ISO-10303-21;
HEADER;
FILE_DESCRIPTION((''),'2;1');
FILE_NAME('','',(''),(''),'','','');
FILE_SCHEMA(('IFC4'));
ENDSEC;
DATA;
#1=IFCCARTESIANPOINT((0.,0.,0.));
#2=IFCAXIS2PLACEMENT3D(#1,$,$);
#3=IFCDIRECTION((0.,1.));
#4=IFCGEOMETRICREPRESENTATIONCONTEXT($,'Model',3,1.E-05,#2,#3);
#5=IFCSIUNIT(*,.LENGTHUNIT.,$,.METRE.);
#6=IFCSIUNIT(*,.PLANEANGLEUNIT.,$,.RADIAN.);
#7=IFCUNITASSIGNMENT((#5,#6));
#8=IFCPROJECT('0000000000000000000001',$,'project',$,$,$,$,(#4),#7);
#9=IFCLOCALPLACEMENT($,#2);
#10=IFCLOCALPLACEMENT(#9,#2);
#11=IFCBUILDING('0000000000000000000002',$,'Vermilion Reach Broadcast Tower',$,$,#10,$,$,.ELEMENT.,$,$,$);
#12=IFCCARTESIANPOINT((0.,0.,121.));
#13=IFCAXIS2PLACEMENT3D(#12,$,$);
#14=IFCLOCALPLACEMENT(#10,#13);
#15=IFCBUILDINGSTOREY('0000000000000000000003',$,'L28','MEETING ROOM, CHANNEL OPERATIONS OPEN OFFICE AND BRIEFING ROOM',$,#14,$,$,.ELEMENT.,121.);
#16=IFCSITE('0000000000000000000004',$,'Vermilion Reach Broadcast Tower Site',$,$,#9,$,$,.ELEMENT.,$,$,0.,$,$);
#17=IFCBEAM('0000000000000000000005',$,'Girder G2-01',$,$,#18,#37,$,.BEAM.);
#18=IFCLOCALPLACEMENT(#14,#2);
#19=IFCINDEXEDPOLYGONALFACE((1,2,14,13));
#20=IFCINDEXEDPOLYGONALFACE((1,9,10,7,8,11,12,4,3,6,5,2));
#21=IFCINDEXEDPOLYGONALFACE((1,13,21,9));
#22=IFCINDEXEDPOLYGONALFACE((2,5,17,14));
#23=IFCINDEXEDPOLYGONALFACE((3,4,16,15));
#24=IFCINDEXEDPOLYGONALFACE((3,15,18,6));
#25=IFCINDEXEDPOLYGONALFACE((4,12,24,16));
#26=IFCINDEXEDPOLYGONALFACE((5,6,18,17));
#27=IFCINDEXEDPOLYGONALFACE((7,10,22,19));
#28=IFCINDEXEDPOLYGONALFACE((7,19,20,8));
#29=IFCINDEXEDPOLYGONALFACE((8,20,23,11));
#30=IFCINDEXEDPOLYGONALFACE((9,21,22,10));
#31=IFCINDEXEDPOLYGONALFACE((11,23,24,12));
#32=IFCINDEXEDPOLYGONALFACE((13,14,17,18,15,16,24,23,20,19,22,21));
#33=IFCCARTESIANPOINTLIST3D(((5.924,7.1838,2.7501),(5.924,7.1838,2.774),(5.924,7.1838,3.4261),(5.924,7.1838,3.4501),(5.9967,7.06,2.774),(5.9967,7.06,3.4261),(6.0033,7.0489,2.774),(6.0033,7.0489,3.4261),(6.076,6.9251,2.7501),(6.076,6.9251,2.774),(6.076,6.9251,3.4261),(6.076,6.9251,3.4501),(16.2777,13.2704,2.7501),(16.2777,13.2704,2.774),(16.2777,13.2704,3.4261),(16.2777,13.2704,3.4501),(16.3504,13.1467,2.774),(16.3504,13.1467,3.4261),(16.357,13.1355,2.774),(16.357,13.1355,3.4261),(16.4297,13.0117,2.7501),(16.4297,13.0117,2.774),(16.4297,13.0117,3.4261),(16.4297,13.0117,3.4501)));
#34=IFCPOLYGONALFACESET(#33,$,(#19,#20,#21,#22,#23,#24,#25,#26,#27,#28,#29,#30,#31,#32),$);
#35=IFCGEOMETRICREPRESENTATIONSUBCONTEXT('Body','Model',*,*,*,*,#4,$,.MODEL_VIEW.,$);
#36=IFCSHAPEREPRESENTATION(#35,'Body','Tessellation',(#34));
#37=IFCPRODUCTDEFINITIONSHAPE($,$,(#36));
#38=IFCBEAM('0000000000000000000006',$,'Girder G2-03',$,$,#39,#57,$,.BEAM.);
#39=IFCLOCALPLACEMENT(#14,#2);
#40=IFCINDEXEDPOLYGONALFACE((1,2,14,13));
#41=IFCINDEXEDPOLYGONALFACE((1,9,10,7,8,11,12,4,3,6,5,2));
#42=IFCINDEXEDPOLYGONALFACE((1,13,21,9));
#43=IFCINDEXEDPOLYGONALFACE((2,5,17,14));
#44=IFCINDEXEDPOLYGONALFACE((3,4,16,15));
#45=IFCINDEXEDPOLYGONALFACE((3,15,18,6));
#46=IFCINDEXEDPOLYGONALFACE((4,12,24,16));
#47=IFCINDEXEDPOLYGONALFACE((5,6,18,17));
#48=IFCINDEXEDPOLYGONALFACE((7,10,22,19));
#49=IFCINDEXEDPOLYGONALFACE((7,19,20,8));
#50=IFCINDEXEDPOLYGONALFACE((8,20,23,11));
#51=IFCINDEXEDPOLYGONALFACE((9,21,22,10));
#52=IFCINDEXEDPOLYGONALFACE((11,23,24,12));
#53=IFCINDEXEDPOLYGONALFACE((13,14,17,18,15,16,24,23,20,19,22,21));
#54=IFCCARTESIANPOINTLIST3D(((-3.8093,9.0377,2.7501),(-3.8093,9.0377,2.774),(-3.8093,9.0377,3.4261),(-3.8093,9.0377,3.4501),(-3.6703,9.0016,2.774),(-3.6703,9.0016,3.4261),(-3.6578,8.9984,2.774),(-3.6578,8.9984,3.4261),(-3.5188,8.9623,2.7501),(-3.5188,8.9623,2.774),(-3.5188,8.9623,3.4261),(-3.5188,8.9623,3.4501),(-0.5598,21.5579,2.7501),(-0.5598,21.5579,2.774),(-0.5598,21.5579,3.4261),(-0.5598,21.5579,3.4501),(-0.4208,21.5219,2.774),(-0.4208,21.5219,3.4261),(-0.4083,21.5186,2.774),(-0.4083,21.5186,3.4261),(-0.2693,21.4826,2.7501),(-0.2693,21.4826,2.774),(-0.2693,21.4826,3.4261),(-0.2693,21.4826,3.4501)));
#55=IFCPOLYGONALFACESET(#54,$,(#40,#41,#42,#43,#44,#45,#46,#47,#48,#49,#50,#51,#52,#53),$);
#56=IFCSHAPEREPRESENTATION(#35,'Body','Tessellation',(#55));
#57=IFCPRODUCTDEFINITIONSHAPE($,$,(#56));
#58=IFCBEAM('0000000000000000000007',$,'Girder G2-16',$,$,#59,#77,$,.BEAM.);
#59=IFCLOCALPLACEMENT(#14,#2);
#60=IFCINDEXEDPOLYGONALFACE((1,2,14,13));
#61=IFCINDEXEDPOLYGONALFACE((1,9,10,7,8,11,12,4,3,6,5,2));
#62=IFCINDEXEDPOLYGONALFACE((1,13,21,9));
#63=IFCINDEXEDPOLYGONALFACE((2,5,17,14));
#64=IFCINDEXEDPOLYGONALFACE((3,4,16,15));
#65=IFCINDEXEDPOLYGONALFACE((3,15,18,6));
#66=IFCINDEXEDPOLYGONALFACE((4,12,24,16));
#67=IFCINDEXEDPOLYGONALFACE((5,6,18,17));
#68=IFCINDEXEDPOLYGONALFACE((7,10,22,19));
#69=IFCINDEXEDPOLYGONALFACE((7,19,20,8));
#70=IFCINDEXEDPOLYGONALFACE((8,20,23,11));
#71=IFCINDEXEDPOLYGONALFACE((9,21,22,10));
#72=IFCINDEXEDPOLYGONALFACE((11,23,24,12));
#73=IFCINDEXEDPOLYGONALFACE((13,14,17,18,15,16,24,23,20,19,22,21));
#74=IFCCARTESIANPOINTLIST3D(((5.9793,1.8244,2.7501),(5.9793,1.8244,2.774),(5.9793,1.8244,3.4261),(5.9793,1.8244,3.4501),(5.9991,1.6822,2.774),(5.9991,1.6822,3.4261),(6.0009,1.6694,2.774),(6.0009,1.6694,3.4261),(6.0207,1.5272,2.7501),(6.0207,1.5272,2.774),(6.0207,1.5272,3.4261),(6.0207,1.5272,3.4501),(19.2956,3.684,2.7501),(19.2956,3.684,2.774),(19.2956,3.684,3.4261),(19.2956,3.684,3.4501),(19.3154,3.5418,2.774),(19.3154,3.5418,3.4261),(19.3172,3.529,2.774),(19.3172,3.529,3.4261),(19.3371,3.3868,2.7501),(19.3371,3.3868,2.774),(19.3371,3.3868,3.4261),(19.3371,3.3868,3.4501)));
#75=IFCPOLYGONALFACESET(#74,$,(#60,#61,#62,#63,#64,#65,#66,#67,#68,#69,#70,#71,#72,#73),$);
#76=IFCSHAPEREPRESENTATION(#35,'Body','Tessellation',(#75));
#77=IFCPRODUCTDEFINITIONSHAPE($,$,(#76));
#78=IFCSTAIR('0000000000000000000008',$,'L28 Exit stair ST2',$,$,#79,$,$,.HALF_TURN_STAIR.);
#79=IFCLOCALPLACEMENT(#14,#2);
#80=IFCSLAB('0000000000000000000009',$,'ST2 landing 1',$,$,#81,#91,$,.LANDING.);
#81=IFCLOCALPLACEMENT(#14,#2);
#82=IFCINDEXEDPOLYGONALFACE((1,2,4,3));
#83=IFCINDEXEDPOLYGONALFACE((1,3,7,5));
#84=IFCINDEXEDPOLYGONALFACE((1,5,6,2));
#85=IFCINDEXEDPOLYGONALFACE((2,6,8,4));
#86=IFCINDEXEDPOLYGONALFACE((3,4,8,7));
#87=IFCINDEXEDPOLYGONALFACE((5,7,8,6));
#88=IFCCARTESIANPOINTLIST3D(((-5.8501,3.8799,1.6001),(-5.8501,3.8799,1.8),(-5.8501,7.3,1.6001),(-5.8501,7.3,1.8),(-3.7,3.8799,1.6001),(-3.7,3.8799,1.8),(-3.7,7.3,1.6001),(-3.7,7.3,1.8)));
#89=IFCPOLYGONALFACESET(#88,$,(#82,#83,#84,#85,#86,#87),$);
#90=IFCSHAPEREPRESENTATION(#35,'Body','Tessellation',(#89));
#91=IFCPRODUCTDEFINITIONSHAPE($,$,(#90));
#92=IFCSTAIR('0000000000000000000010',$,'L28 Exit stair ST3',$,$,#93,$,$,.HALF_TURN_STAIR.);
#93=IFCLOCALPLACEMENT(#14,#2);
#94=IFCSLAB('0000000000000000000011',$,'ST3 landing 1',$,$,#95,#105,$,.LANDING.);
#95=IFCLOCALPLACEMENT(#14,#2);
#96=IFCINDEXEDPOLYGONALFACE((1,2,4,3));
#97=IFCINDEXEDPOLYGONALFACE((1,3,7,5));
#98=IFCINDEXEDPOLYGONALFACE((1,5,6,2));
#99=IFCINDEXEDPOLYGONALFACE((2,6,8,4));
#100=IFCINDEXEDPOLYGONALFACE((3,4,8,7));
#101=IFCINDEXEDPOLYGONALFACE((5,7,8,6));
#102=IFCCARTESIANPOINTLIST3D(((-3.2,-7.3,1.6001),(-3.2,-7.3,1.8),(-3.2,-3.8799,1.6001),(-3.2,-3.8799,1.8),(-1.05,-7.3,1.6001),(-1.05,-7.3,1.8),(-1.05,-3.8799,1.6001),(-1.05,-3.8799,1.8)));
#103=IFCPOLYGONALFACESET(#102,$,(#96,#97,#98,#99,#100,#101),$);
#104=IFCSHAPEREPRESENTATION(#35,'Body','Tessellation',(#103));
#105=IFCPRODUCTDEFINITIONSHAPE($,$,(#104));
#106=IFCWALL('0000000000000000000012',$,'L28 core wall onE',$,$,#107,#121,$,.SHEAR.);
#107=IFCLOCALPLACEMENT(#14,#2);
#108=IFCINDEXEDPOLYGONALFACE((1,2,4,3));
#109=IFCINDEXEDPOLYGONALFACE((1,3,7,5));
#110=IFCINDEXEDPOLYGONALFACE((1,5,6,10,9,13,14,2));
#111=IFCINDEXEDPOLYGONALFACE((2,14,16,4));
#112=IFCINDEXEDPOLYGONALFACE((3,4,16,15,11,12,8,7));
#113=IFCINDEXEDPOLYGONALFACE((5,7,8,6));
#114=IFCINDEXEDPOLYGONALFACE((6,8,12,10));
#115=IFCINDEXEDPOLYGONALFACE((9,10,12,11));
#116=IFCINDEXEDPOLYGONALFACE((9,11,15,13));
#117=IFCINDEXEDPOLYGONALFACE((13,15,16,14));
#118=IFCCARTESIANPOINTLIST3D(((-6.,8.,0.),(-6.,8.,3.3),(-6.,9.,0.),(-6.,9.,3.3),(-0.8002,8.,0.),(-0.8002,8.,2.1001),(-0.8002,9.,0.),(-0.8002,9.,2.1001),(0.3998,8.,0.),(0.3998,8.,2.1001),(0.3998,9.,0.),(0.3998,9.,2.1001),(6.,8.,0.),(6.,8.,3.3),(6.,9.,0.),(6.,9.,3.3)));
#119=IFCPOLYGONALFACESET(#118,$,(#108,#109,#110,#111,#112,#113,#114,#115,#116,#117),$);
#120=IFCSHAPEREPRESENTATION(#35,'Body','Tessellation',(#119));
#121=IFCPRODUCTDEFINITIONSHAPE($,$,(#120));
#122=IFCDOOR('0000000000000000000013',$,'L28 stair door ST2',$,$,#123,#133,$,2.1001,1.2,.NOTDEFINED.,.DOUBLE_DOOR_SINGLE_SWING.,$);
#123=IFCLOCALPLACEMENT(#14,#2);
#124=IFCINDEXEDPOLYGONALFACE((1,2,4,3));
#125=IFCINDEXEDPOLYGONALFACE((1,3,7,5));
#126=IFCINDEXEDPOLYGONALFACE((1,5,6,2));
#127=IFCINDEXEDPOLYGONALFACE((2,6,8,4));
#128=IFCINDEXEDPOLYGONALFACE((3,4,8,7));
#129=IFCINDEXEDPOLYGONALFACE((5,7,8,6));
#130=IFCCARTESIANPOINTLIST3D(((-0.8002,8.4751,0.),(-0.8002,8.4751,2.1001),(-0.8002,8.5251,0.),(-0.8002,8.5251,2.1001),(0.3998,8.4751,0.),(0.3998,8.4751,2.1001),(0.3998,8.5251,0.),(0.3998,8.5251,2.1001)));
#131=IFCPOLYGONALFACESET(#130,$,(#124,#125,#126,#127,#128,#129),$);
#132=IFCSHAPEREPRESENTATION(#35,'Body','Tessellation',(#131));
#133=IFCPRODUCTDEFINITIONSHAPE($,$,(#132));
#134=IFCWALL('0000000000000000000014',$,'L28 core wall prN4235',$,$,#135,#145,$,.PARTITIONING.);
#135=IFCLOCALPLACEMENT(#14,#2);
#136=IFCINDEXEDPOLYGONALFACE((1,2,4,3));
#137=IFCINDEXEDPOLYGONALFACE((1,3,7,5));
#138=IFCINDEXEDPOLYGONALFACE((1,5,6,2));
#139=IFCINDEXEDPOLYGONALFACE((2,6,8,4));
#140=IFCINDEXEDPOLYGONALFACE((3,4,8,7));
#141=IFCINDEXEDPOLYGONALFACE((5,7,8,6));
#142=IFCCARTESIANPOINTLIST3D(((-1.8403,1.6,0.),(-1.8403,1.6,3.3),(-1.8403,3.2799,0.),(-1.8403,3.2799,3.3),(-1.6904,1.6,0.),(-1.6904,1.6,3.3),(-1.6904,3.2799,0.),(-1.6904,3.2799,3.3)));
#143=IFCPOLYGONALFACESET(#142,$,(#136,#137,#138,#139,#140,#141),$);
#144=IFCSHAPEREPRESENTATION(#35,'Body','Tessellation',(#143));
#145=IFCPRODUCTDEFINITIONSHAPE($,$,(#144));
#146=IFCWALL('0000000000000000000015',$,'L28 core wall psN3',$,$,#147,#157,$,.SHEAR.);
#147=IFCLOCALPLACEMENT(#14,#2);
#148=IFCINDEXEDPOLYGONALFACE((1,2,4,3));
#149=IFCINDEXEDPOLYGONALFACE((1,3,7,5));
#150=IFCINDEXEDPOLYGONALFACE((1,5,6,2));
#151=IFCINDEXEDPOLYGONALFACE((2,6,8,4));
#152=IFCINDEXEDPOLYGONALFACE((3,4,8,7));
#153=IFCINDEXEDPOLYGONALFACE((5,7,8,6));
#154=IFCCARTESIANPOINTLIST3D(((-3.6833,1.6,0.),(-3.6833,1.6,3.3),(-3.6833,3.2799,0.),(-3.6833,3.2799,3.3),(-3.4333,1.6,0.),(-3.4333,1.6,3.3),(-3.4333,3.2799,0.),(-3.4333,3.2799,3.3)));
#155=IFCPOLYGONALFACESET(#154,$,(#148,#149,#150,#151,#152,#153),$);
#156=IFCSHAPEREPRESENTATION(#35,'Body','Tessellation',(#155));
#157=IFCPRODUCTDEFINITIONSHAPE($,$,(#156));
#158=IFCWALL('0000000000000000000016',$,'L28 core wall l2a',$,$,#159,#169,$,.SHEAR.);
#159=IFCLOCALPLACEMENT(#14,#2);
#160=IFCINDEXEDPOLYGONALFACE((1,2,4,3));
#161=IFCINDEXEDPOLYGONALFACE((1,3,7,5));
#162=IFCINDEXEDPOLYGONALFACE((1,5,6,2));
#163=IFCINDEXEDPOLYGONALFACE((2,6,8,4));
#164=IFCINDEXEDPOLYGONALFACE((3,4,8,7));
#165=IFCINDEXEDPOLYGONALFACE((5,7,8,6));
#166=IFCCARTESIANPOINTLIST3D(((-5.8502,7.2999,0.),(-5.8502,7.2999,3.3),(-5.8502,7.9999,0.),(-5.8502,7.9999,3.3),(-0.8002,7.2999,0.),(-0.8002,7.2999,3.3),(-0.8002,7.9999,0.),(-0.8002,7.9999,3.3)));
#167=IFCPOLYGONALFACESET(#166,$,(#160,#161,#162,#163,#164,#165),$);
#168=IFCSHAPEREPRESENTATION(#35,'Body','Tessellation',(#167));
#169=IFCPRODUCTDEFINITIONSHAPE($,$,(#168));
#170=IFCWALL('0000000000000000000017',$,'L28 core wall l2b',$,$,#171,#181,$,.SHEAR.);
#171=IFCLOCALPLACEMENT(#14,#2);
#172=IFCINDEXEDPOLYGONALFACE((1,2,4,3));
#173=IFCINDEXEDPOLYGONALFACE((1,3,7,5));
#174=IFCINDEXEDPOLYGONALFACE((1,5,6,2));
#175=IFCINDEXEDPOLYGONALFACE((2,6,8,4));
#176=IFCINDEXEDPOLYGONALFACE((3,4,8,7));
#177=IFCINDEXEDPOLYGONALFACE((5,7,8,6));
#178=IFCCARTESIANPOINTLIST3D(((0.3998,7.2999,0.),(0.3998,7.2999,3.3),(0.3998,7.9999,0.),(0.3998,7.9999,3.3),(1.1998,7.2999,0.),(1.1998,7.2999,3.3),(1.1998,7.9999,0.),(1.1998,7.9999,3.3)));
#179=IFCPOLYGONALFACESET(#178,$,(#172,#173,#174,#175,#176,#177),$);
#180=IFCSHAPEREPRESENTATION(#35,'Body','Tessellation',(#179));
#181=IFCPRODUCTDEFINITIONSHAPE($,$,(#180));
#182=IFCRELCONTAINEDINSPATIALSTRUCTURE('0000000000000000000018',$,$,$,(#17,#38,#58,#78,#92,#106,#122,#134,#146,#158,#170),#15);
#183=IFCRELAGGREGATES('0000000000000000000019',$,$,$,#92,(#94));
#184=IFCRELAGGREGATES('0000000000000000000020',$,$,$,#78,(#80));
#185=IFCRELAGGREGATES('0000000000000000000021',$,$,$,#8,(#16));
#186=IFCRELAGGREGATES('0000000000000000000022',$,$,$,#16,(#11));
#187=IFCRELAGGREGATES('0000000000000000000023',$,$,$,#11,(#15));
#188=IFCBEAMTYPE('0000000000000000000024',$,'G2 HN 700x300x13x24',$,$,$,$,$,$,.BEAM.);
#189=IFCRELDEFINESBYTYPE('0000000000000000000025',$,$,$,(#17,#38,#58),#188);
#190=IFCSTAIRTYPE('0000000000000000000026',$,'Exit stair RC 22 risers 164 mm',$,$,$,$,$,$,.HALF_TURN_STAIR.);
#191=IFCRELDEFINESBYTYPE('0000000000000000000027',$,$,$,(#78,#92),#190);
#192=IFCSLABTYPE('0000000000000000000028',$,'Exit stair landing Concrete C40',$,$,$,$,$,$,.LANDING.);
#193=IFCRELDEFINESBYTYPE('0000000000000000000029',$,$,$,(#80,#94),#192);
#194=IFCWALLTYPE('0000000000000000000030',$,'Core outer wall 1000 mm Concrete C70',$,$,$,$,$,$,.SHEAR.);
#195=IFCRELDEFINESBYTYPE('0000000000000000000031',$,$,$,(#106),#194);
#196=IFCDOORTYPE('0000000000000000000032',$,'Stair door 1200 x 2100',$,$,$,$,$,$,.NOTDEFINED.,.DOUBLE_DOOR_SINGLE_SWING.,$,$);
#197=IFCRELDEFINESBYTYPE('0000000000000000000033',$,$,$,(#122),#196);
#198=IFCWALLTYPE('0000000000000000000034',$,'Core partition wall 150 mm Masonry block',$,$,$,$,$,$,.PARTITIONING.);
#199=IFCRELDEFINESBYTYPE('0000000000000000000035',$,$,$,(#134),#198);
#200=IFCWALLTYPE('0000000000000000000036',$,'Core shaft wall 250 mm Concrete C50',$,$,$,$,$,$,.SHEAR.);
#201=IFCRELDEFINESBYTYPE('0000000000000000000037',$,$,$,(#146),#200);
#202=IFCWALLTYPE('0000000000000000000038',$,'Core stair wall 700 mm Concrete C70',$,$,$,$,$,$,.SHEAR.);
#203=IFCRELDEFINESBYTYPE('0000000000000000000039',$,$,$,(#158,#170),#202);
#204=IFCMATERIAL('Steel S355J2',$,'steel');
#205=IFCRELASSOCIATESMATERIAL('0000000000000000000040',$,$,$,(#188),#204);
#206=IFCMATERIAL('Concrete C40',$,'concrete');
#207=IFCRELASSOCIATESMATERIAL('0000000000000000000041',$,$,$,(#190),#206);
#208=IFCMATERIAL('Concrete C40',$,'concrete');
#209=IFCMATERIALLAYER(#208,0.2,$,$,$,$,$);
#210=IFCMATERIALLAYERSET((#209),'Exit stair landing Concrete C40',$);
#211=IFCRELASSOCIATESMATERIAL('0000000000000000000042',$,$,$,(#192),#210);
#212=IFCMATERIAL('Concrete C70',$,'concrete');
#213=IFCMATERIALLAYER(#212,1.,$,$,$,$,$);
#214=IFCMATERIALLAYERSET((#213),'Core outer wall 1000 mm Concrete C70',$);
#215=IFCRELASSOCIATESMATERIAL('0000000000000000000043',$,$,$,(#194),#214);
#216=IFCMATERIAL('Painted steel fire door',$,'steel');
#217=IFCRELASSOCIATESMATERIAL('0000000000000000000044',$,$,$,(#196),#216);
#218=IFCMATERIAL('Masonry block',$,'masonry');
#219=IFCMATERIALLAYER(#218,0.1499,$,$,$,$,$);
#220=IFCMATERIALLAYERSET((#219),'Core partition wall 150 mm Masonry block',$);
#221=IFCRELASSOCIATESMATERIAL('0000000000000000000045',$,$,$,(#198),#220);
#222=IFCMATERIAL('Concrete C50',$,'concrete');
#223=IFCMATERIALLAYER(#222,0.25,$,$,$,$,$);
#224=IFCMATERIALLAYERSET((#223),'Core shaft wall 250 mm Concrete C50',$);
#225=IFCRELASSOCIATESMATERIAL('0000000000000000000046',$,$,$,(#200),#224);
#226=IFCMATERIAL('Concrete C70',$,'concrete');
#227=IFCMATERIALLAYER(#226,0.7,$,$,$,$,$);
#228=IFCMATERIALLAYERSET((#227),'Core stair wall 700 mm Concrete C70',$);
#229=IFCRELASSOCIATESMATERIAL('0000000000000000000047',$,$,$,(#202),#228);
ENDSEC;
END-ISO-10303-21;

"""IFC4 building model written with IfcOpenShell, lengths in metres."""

from ifc_helpers import new_model, si_unit, direction, frame, frame_2d, origin, origin_2d, place, context, subcontext, project, spatial, polyline, rectangle, i_section, outline, extrude, material, layer, layer_set, material_profile, profile_set, type_object, element, fill, aggregate, save


model = new_model("IFC4")

# Units and contexts
model_context = context("Model", 3, precision=1e-05, world=origin(), true_north=direction((0.0, 1.0)))
body_context = subcontext(model_context, "Body", "Model", "MODEL_VIEW")
ifc_project = project(units=[si_unit("LENGTHUNIT", "METRE"), si_unit("PLANEANGLEUNIT", "RADIAN")], contexts=[model_context])

# Site, building, storey
site_placement = place(None, origin())
site = spatial("IfcSite", under=ifc_project, at=site_placement, Name="Vermilion Reach Broadcast Tower Site", CompositionType="ELEMENT", RefElevation=0.0)
building_placement = place(site_placement, origin())
building = spatial("IfcBuilding", under=site, at=building_placement, Name="Vermilion Reach Broadcast Tower", CompositionType="ELEMENT")
storey_placement = place(building_placement, frame((0.0, 0.0, 121.0)))
storey = spatial("IfcBuildingStorey", under=building, at=storey_placement, Name="L28", Description="MEETING ROOM, CHANNEL OPERATIONS OPEN OFFICE AND BRIEFING ROOM", CompositionType="ELEMENT", Elevation=121.0)

# Beams
ifc_material_1 = material(Name="Steel S355J2", Category="steel")
ifc_material_profile = material_profile(ifc_material_1, i_section(OverallWidth=0.3, OverallDepth=0.7, WebThickness=0.0129, FlangeThickness=0.0239, at=origin_2d()), Name="S355J2 HN 700x300x13x24")
ifc_profile_set = profile_set([ifc_material_profile], Name="Steel S355J2")
beam_type = type_object("IfcBeamType", Name="G2 HN 700x300x13x24", PredefinedType="BEAM", material=ifc_profile_set)
beam_1_placement = place(storey_placement, frame((6.0, 7.0544, 3.1001), z_axis=(0.862072, 0.506786, 0.0), x_axis=(-0.506786, 0.862072, 0.0)))
element("IfcBeam", 1, at=beam_1_placement, inside=storey, type_object=beam_type, Name="Girder G2-01", PredefinedType="BEAM", context=body_context, shape_type="SweptSolid", body=[
    extrude(i_section(OverallWidth=0.3, OverallDepth=0.7, WebThickness=0.0129, FlangeThickness=0.0239, at=origin_2d()), origin(), (0.0, 0.0, 1.0), 12.0103),
])
beam_2_placement = place(storey_placement, frame((-3.6641, 9.0, 3.1001), z_axis=(0.251217, 0.967931, 0.0), x_axis=(-0.967931, 0.251217, 0.0)))
element("IfcBeam", 2, at=beam_2_placement, inside=storey, type_object=beam_type, Name="Girder G2-03", PredefinedType="BEAM", context=body_context, shape_type="SweptSolid", body=[
    extrude(i_section(OverallWidth=0.3, OverallDepth=0.7, WebThickness=0.0129, FlangeThickness=0.0239, at=origin_2d()), origin(), (0.0, 0.0, 1.0), 12.9351),
])
beam_3_placement = place(storey_placement, frame((6.0, 1.6758, 3.1001), z_axis=(0.990389, 0.138307, 0.0), x_axis=(-0.138307, 0.990389, 0.0)))
element("IfcBeam", 3, at=beam_3_placement, inside=storey, type_object=beam_type, Name="Girder G2-16", PredefinedType="BEAM", context=body_context, shape_type="SweptSolid", body=[
    extrude(i_section(OverallWidth=0.3, OverallDepth=0.7, WebThickness=0.0129, FlangeThickness=0.0239, at=origin_2d()), origin(), (0.0, 0.0, 1.0), 13.4456),
])

# Stairs, slabs
ifc_material_2 = material(Name="Concrete C40", Category="concrete")
stair_type = type_object("IfcStairType", Name="Exit stair RC 22 risers 164 mm", PredefinedType="HALF_TURN_STAIR", material=ifc_material_2)
placement_1 = place(storey_placement, origin())
stair_1 = element("IfcStair", 4, at=placement_1, inside=storey, type_object=stair_type, Name="L28 Exit stair ST2", PredefinedType="HALF_TURN_STAIR")
ifc_material_3 = material(Name="Concrete C40", Category="concrete")
ifc_layer_1 = layer(ifc_material_3, 0.2)
ifc_layer_set_1 = layer_set([ifc_layer_1], Name="Exit stair landing Concrete C40")
slab_type = type_object("IfcSlabType", Name="Exit stair landing Concrete C40", PredefinedType="LANDING", material=ifc_layer_set_1)
placement_2 = place(storey_placement, frame((0.0, 0.0, 1.6001)))
slab_1 = element("IfcSlab", 5, at=placement_2, type_object=slab_type, Name="ST2 landing 1", PredefinedType="LANDING", context=body_context, shape_type="SweptSolid", body=[
    extrude(outline(polyline([(-3.7, 7.3), (-5.8501, 7.3), (-5.8501, 3.8799), (-3.7, 3.8799), (-3.7, 7.3)])), origin(), (0.0, 0.0, 1.0), 0.2),
])
stair_2 = element("IfcStair", 6, at=placement_1, inside=storey, type_object=stair_type, Name="L28 Exit stair ST3", PredefinedType="HALF_TURN_STAIR")
slab_2 = element("IfcSlab", 7, at=placement_2, type_object=slab_type, Name="ST3 landing 1", PredefinedType="LANDING", context=body_context, shape_type="SweptSolid", body=[
    extrude(outline(polyline([(-3.2, -7.3), (-1.05, -7.3), (-1.05, -3.8799), (-3.2, -3.8799), (-3.2, -7.3)])), origin(), (0.0, 0.0, 1.0), 0.2),
])
aggregate(stair_2, [slab_2])

# Wall, opening, door
ifc_material_4 = material(Name="Concrete C70", Category="concrete")
ifc_layer_2 = layer(ifc_material_4, 1.0)
ifc_layer_set_2 = layer_set([ifc_layer_2], Name="Core outer wall 1000 mm Concrete C70")
wall_type_1 = type_object("IfcWallType", Name="Core outer wall 1000 mm Concrete C70", PredefinedType="SHEAR", material=ifc_layer_set_2)
wall_1_placement = place(storey_placement, frame((6.0, 8.5, 0.0), z_axis=(0.0, 0.0, 1.0), x_axis=(-1.0, 0.0, 0.0)))
wall_1 = element("IfcWall", 8, at=wall_1_placement, inside=storey, type_object=wall_type_1, Name="L28 core wall onE", PredefinedType="SHEAR", context=body_context, shape_type="SweptSolid", body=[
    extrude(rectangle(XDim=12.0, YDim=1.0, at=frame_2d((6.0, 0.0))), origin(), (0.0, 0.0, 1.0), 3.3),
])
opening_placement = place(wall_1_placement, frame((5.6001, 0.0, 0.0)))
opening = element("IfcOpeningElement", 9, at=opening_placement, cuts=wall_1, PredefinedType="OPENING", context=body_context, shape_type="SweptSolid", body=[
    extrude(rectangle(XDim=1.2, YDim=2.1001, at=frame_2d((0.6001, 1.05))), frame((0.0, 0.51, 0.0), z_axis=(0.0, -1.0, 0.0), x_axis=(1.0, 0.0, 0.0)), (0.0, 0.0, 1.0), 1.02),
])
ifc_material_5 = material(Name="Painted steel fire door", Category="steel")
door_type = type_object("IfcDoorType", Name="Stair door 1200 x 2100", OperationType="DOUBLE_DOOR_SINGLE_SWING", PredefinedType="NOTDEFINED", material=ifc_material_5)
door_placement = place(opening_placement, origin())
door = element("IfcDoor", 10, at=door_placement, inside=storey, type_object=door_type, Name="L28 stair door ST2", OperationType="DOUBLE_DOOR_SINGLE_SWING", OverallHeight=2.1001, OverallWidth=1.2, PredefinedType="NOTDEFINED", context=body_context, shape_type="SweptSolid", body=[
    extrude(rectangle(XDim=1.2, YDim=2.1001, at=frame_2d((0.6001, 1.05))), frame((0.0, 0.0249, 0.0), z_axis=(0.0, -1.0, 0.0), x_axis=(1.0, 0.0, 0.0)), (0.0, 0.0, 1.0), 0.05),
])
fill(opening, door)

# Walls
ifc_material_6 = material(Name="Masonry block", Category="masonry")
ifc_layer_3 = layer(ifc_material_6, 0.1499)
ifc_layer_set_3 = layer_set([ifc_layer_3], Name="Core partition wall 150 mm Masonry block")
wall_type_2 = type_object("IfcWallType", Name="Core partition wall 150 mm Masonry block", PredefinedType="PARTITIONING", material=ifc_layer_set_3)
wall_2_placement = place(storey_placement, frame((-1.7654, 1.6001, 0.0), z_axis=(0.0, 0.0, 1.0), x_axis=(0.0, 1.0, 0.0)))
element("IfcWall", 11, at=wall_2_placement, inside=storey, type_object=wall_type_2, Name="L28 core wall prN4235", PredefinedType="PARTITIONING", context=body_context, shape_type="SweptSolid", body=[
    extrude(rectangle(XDim=1.6799, YDim=0.1499, at=frame_2d((0.8398, 0.0))), origin(), (0.0, 0.0, 1.0), 3.3),
])
ifc_material_7 = material(Name="Concrete C50", Category="concrete")
ifc_layer_4 = layer(ifc_material_7, 0.25)
ifc_layer_set_4 = layer_set([ifc_layer_4], Name="Core shaft wall 250 mm Concrete C50")
wall_type_3 = type_object("IfcWallType", Name="Core shaft wall 250 mm Concrete C50", PredefinedType="SHEAR", material=ifc_layer_set_4)
wall_3_placement = place(storey_placement, frame((-3.5583, 1.6001, 0.0), z_axis=(0.0, 0.0, 1.0), x_axis=(0.0, 1.0, 0.0)))
element("IfcWall", 12, at=wall_3_placement, inside=storey, type_object=wall_type_3, Name="L28 core wall psN3", PredefinedType="SHEAR", context=body_context, shape_type="SweptSolid", body=[
    extrude(rectangle(XDim=1.6799, YDim=0.25, at=frame_2d((0.8398, 0.0))), origin(), (0.0, 0.0, 1.0), 3.3),
])
ifc_material_8 = material(Name="Concrete C70", Category="concrete")
ifc_layer_5 = layer(ifc_material_8, 0.7)
ifc_layer_set_5 = layer_set([ifc_layer_5], Name="Core stair wall 700 mm Concrete C70")
wall_type_4 = type_object("IfcWallType", Name="Core stair wall 700 mm Concrete C70", PredefinedType="SHEAR", material=ifc_layer_set_5)
wall_4_placement = place(storey_placement, frame((-5.8501, 7.6499, 0.0), z_axis=(0.0, 0.0, 1.0), x_axis=(1.0, 0.0, 0.0)))
element("IfcWall", 13, at=wall_4_placement, inside=storey, type_object=wall_type_4, Name="L28 core wall l2a", PredefinedType="SHEAR", context=body_context, shape_type="SweptSolid", body=[
    extrude(rectangle(XDim=5.05, YDim=0.7, at=frame_2d((2.5249, 0.0))), origin(), (0.0, 0.0, 1.0), 3.3),
])
wall_5_placement = place(storey_placement, frame((0.3999, 7.6499, 0.0), z_axis=(0.0, 0.0, 1.0), x_axis=(1.0, 0.0, 0.0)))
element("IfcWall", 14, at=wall_5_placement, inside=storey, type_object=wall_type_4, Name="L28 core wall l2b", PredefinedType="SHEAR", context=body_context, shape_type="SweptSolid", body=[
    extrude(rectangle(XDim=0.8, YDim=0.7, at=frame_2d((0.3999, 0.0))), origin(), (0.0, 0.0, 1.0), 3.3),
])

aggregate(stair_1, [slab_1])

save(model, "model.ifc")
